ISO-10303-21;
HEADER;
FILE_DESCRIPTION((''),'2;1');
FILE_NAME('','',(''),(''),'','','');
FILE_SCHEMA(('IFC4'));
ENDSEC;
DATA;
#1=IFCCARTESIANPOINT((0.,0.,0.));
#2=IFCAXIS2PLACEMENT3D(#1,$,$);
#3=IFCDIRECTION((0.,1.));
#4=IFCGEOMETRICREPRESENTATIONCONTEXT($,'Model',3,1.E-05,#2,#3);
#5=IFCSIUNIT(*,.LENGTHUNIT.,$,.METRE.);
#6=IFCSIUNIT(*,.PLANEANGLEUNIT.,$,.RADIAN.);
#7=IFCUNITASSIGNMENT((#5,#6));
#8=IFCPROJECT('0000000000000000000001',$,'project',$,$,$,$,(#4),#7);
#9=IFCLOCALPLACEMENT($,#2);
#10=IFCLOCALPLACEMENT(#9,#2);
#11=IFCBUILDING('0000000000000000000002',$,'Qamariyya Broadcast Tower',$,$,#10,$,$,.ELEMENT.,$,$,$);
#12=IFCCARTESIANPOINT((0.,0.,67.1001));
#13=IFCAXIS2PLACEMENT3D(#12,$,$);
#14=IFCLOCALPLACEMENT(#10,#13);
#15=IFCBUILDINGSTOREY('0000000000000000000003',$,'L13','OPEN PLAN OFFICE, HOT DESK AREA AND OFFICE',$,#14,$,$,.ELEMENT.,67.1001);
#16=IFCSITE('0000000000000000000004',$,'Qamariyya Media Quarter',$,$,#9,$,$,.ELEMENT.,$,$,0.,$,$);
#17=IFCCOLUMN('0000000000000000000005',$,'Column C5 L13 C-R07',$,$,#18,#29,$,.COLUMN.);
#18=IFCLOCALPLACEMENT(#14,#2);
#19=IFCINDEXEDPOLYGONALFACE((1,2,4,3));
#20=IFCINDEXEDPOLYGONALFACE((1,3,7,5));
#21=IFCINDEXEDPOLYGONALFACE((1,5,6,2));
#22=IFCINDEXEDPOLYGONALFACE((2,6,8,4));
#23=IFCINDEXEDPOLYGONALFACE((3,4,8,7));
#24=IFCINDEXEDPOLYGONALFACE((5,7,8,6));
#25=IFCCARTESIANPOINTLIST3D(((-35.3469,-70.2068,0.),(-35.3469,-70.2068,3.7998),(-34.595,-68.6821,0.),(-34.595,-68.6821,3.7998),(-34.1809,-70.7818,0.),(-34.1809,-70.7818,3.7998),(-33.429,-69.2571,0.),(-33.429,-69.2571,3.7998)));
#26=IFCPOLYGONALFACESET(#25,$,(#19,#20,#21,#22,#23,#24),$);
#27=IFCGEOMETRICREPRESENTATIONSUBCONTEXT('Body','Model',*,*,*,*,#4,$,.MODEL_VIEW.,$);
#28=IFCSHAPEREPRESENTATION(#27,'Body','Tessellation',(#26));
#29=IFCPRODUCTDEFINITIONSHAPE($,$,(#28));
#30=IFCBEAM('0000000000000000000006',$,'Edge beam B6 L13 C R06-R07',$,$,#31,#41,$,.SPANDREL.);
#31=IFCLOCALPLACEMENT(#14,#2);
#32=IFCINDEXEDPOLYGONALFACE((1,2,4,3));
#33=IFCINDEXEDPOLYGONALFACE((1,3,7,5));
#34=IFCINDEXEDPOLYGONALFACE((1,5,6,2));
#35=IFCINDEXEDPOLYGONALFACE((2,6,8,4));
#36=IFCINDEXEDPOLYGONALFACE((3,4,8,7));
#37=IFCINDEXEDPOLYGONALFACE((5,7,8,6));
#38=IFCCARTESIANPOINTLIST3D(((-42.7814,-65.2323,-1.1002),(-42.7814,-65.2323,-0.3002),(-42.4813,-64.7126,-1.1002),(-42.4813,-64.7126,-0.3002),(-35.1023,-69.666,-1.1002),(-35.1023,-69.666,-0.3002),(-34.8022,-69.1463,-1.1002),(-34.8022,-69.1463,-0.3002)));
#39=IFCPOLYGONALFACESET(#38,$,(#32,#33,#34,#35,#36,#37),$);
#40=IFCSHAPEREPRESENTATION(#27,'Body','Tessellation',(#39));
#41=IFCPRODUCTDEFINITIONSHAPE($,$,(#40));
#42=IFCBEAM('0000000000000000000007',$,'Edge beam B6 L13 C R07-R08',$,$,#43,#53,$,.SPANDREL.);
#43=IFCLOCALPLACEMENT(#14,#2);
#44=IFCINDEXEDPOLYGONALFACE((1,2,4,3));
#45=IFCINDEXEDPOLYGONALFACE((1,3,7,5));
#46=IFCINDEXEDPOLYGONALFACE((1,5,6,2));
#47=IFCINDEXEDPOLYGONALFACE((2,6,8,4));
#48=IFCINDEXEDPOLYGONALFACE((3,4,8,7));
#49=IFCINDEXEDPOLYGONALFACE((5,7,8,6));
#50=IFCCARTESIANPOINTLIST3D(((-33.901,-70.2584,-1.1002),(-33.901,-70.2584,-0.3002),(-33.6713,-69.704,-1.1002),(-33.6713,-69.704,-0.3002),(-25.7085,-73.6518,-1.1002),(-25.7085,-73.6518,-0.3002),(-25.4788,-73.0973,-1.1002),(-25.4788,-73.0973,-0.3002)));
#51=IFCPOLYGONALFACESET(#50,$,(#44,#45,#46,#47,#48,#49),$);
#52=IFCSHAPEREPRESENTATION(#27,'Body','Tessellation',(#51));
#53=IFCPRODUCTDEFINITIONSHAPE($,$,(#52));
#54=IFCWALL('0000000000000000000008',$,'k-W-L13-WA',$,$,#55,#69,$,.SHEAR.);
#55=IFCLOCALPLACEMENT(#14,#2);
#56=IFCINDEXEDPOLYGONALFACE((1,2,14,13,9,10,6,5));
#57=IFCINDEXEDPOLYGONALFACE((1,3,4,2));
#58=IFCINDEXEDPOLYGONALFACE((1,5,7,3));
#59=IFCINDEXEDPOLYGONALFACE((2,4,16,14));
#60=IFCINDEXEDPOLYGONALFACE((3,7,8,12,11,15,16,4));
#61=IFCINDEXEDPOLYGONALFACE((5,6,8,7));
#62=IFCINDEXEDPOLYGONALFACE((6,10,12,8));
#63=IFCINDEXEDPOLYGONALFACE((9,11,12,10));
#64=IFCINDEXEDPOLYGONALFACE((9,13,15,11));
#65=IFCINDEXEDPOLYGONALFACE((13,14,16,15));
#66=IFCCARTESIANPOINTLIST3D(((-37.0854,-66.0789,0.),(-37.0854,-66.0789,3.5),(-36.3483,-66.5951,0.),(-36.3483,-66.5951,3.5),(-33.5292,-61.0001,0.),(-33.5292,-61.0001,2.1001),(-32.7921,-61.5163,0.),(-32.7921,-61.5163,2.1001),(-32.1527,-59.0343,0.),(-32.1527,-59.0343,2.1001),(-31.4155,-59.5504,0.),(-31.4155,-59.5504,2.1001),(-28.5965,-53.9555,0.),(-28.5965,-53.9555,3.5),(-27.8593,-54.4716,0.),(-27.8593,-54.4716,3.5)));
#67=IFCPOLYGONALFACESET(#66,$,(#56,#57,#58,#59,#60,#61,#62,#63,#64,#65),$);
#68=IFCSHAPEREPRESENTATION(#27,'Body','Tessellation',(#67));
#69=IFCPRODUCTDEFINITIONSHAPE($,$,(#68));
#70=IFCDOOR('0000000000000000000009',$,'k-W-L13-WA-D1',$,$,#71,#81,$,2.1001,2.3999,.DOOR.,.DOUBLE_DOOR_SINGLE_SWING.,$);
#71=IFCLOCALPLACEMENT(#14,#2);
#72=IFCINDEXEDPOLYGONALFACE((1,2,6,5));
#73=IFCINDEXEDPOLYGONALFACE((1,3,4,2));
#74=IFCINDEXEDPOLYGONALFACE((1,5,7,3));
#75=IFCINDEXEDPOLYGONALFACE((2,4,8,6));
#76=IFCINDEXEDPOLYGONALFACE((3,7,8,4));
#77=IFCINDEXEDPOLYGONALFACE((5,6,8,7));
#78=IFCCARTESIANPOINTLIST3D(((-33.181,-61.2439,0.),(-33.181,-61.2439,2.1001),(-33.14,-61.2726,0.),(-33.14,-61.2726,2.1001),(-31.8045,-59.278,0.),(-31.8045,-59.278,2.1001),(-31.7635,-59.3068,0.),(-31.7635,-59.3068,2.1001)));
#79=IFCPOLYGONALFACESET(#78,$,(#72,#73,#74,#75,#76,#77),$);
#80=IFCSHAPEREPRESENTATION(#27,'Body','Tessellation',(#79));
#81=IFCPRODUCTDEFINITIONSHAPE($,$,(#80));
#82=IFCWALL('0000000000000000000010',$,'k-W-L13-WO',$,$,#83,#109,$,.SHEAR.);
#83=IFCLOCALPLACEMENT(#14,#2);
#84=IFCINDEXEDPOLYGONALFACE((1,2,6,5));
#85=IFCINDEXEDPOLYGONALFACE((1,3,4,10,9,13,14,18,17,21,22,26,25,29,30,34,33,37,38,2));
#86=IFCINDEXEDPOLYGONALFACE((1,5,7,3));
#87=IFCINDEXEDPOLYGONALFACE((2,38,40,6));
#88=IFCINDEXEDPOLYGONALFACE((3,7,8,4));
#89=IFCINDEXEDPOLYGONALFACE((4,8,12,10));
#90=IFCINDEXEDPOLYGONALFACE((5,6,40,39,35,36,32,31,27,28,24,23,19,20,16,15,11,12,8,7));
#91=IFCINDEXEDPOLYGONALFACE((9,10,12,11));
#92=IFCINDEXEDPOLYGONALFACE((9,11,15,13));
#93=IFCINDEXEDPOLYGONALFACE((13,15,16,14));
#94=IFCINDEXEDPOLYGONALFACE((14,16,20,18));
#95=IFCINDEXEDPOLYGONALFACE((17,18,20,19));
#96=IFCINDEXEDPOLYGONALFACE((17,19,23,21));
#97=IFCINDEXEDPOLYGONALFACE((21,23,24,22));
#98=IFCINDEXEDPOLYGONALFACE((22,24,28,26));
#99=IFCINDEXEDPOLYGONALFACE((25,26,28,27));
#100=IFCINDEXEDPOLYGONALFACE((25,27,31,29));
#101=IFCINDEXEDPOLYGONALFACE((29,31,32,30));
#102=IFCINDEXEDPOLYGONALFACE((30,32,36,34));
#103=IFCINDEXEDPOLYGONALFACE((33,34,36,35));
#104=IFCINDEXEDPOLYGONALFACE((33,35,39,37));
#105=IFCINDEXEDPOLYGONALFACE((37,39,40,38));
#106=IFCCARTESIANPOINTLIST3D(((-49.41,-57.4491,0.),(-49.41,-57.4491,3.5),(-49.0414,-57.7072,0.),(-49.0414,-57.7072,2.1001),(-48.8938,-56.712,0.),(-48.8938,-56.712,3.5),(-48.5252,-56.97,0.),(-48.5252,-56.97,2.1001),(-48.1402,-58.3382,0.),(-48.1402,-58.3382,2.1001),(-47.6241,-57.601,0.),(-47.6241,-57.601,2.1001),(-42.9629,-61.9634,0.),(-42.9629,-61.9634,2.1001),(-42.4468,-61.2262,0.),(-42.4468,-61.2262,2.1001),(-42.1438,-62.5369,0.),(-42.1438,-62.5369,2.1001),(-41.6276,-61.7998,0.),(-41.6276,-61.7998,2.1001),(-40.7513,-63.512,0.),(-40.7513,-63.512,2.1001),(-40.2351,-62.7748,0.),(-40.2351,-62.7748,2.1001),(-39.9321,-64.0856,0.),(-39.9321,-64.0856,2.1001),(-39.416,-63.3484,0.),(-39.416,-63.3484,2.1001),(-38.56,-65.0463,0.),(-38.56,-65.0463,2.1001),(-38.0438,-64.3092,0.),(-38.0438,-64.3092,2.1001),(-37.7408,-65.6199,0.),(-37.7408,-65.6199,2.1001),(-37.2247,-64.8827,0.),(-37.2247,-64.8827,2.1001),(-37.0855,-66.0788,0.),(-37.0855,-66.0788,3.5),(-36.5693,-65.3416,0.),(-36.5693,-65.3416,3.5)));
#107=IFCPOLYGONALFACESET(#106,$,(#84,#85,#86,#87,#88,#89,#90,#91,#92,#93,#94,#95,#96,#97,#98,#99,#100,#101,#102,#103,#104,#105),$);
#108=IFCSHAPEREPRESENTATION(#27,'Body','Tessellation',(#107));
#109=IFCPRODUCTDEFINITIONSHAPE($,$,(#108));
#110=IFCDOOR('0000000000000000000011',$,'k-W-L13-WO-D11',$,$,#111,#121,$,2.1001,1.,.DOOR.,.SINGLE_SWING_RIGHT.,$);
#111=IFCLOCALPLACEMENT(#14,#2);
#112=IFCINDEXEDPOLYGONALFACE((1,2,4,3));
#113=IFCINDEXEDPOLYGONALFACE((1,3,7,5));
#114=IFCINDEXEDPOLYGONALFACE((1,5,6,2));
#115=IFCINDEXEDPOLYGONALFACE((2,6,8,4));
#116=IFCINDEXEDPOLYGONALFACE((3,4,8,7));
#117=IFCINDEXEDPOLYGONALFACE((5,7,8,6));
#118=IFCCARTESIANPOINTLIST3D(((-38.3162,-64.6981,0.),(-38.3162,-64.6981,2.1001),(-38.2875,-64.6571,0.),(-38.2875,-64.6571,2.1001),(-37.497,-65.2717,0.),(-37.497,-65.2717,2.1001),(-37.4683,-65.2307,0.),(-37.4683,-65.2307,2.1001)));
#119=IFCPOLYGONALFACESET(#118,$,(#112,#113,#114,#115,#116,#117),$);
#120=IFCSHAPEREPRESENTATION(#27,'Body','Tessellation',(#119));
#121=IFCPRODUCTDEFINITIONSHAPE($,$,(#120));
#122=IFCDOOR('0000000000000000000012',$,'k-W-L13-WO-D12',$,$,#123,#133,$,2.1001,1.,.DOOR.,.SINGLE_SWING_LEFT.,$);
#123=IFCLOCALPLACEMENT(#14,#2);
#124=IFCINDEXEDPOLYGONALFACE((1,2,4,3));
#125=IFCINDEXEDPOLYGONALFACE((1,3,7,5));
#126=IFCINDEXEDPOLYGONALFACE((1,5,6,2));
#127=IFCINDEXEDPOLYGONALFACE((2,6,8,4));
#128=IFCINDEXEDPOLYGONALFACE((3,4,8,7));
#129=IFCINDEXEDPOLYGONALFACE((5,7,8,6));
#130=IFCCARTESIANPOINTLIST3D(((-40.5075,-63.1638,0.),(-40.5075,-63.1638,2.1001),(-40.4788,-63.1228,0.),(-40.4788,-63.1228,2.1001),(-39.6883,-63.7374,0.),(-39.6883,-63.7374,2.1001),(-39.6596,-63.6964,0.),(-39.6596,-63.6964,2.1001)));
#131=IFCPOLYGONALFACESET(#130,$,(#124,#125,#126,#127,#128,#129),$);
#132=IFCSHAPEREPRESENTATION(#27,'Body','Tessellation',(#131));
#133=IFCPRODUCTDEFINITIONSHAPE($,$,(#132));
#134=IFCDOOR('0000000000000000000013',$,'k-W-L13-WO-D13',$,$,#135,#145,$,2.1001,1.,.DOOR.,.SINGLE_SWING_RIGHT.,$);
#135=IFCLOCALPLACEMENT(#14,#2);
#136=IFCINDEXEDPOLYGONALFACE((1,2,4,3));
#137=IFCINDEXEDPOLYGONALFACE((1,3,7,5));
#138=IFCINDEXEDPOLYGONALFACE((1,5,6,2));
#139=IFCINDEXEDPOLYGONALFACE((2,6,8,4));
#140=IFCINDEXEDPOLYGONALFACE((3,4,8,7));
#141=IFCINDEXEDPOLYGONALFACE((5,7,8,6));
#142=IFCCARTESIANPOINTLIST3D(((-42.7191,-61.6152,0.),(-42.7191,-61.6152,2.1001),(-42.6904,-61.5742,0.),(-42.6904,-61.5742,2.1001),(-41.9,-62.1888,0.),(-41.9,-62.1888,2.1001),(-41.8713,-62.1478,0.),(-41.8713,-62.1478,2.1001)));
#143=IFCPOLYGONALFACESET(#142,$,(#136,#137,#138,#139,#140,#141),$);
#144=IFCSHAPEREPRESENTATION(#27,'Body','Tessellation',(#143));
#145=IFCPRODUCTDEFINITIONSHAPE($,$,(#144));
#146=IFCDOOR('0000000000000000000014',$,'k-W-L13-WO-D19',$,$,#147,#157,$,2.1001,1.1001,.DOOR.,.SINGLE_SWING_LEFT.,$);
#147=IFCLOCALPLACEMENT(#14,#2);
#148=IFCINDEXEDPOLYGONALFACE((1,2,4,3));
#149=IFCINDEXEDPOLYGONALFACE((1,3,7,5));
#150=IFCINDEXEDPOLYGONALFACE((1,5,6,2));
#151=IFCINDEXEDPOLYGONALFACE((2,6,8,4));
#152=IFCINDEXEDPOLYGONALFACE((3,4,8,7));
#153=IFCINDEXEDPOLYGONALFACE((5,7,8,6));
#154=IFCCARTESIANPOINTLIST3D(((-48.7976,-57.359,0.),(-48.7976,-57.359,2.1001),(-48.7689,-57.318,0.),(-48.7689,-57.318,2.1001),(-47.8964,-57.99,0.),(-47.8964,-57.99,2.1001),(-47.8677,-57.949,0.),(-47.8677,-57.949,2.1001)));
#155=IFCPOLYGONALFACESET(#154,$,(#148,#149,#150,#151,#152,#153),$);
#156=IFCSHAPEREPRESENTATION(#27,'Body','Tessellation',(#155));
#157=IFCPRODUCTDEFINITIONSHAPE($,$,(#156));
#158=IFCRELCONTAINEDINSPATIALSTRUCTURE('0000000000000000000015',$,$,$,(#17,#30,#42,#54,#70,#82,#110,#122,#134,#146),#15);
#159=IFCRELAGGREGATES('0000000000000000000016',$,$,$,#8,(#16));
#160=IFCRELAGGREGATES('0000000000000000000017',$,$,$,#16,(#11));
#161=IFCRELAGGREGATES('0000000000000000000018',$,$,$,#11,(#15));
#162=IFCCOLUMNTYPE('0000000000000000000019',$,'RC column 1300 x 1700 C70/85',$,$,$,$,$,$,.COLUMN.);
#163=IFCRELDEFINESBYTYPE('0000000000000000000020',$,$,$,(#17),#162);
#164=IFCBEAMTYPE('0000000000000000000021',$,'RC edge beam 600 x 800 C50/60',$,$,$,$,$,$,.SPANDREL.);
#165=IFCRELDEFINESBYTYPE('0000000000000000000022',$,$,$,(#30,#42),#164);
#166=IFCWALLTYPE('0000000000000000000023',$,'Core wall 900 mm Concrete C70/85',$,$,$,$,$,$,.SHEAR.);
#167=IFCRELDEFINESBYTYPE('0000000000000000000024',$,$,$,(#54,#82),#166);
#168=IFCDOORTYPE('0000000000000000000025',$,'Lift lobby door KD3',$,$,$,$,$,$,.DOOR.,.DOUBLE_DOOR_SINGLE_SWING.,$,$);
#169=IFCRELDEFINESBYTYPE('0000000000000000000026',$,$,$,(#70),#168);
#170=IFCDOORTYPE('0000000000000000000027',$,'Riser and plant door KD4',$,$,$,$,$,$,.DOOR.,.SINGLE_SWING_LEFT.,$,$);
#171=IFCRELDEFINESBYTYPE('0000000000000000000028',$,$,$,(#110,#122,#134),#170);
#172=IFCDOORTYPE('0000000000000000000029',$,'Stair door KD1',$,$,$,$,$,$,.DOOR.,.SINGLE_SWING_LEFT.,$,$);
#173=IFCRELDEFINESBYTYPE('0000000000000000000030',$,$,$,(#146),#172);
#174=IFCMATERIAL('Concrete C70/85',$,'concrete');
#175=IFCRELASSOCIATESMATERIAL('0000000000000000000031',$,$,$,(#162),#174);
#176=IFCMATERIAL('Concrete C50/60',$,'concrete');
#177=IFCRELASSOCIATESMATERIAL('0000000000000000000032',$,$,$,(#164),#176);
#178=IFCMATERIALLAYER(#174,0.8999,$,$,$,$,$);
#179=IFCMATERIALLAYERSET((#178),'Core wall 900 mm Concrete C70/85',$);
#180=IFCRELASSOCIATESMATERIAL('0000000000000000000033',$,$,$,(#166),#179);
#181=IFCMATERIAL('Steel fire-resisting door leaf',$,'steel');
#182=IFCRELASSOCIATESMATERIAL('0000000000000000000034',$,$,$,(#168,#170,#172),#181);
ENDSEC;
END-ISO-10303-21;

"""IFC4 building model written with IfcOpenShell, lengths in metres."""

from ifc_helpers import new_model, si_unit, direction, frame, frame_2d, origin, origin_2d, place, context, subcontext, project, spatial, rectangle, extrude, material, layer, layer_set, material_profile, profile_set, type_object, element, fill, save


model = new_model("IFC4")

# Units and contexts
model_context = context("Model", 3, precision=1e-05, world=origin(), true_north=direction((0.0, 1.0)))
body_context = subcontext(model_context, "Body", "Model", "MODEL_VIEW")
ifc_project = project(units=[si_unit("LENGTHUNIT", "METRE"), si_unit("PLANEANGLEUNIT", "RADIAN")], contexts=[model_context])

# Site, building, storey
site_placement = place(None, origin())
site = spatial("IfcSite", under=ifc_project, at=site_placement, Name="Qamariyya Media Quarter", CompositionType="ELEMENT", RefElevation=0.0)
building_placement = place(site_placement, origin())
building = spatial("IfcBuilding", under=site, at=building_placement, Name="Qamariyya Broadcast Tower", CompositionType="ELEMENT")
storey_placement = place(building_placement, frame((0.0, 0.0, 67.1001)))
storey = spatial("IfcBuildingStorey", under=building, at=storey_placement, Name="L13", Description="OPEN PLAN OFFICE, HOT DESK AREA AND OFFICE", CompositionType="ELEMENT", Elevation=67.1001)

# Column
ifc_material_1 = material(Name="Concrete C70/85", Category="concrete")
ifc_material_profile_1 = material_profile(ifc_material_1, rectangle(XDim=1.3, YDim=1.7, at=origin_2d()))
ifc_profile_set_1 = profile_set([ifc_material_profile_1], Name="Concrete C70/85")
column_type = type_object("IfcColumnType", Name="RC column 1300 x 1700 C70/85", PredefinedType="COLUMN", material=ifc_profile_set_1)
column_placement = place(storey_placement, frame((-34.3879, -69.7319, 0.0), z_axis=(0.0, 0.0, 1.0), x_axis=(0.896873, -0.442289, 0.0)))
element("IfcColumn", 1, at=column_placement, inside=storey, type_object=column_type, Name="Column C5 L13 C-R07", PredefinedType="COLUMN", context=body_context, shape_type="SweptSolid", body=[
    extrude(rectangle(XDim=1.3, YDim=1.7, at=origin_2d()), origin(), (0.0, 0.0, 1.0), 3.7998),
])

# Beams
ifc_material_2 = material(Name="Concrete C50/60", Category="concrete")
ifc_material_profile_2 = material_profile(ifc_material_2, rectangle(XDim=0.6001, YDim=0.8, at=origin_2d()))
ifc_profile_set_2 = profile_set([ifc_material_profile_2], Name="Concrete C50/60")
beam_type = type_object("IfcBeamType", Name="RC edge beam 600 x 800 C50/60", PredefinedType="SPANDREL", material=ifc_profile_set_2)
beam_1_placement = place(storey_placement, frame((-42.6313, -64.9724, -0.7002), z_axis=(0.866013, -0.500021, 0.0), x_axis=(0.500021, 0.866013, 0.0)))
element("IfcBeam", 2, at=beam_1_placement, inside=storey, type_object=beam_type, Name="Edge beam B6 L13 C R06-R07", PredefinedType="SPANDREL", context=body_context, shape_type="SweptSolid", body=[
    extrude(rectangle(XDim=0.6001, YDim=0.8, at=origin_2d()), origin(), (0.0, 0.0, 1.0), 8.8672),
])
beam_2_placement = place(storey_placement, frame((-33.7861, -69.9812, -0.7002), z_axis=(0.923883, -0.382675, 0.0), x_axis=(0.382675, 0.923883, 0.0)))
element("IfcBeam", 3, at=beam_2_placement, inside=storey, type_object=beam_type, Name="Edge beam B6 L13 C R07-R08", PredefinedType="SPANDREL", context=body_context, shape_type="SweptSolid", body=[
    extrude(rectangle(XDim=0.6001, YDim=0.8, at=origin_2d()), origin(), (0.0, 0.0, 1.0), 8.8674),
])

# Wall, opening, door
ifc_layer_1 = layer(ifc_material_1, 0.8999)
ifc_layer_set_1 = layer_set([ifc_layer_1], Name="Core wall 900 mm Concrete C70/85")
wall_type_1 = type_object("IfcWallType", Name="Core wall 900 mm Concrete C70/85", PredefinedType="SHEAR", material=ifc_layer_set_1)
wall_1_placement = place(storey_placement, frame((-36.7168, -66.3369, 0.0), z_axis=(0.0, 0.0, 1.0), x_axis=(0.573577, 0.819151, 0.0)))
wall_1 = element("IfcWall", 4, at=wall_1_placement, inside=storey, type_object=wall_type_1, Name="k-W-L13-WA", PredefinedType="SHEAR", context=body_context, shape_type="SweptSolid", body=[
    extrude(rectangle(XDim=14.8, YDim=0.8999, at=frame_2d((7.3999, 0.0))), origin(), (0.0, 0.0, 1.0), 3.5),
])
opening_1_placement = place(wall_1_placement, frame((6.2, 0.0, 0.0)))
opening_1 = element("IfcOpeningElement", 5, at=opening_1_placement, cuts=wall_1, PredefinedType="OPENING", context=body_context, shape_type="SweptSolid", body=[
    extrude(rectangle(XDim=2.3999, YDim=2.1001, at=frame_2d((1.2, 1.05))), frame((0.0, 0.46, 0.0), z_axis=(0.0, -1.0, 0.0), x_axis=(1.0, 0.0, 0.0)), (0.0, 0.0, 1.0), 0.9199),
])
ifc_material_3 = material(Name="Steel fire-resisting door leaf", Category="steel")
door_type_1 = type_object("IfcDoorType", Name="Lift lobby door KD3", OperationType="DOUBLE_DOOR_SINGLE_SWING", PredefinedType="DOOR", material=ifc_material_3)
door_1_placement = place(opening_1_placement, origin())
door_1 = element("IfcDoor", 6, at=door_1_placement, inside=storey, type_object=door_type_1, Name="k-W-L13-WA-D1", OperationType="DOUBLE_DOOR_SINGLE_SWING", OverallHeight=2.1001, OverallWidth=2.3999, PredefinedType="DOOR", context=body_context, shape_type="SweptSolid", body=[
    extrude(rectangle(XDim=2.3999, YDim=2.1001, at=frame_2d((1.2, 1.05))), frame((0.0, 0.0249, 0.0), z_axis=(0.0, -1.0, 0.0), x_axis=(1.0, 0.0, 0.0)), (0.0, 0.0, 1.0), 0.05),
])
fill(opening_1, door_1)

# Wall, openings, doors
wall_2_placement = place(storey_placement, frame((-36.8274, -65.7102, 0.0), z_axis=(0.0, 0.0, 1.0), x_axis=(-0.819153, 0.573575, 0.0)))
wall_2 = element("IfcWall", 7, at=wall_2_placement, inside=storey, type_object=wall_type_1, Name="k-W-L13-WO", PredefinedType="SHEAR", context=body_context, shape_type="SweptSolid", body=[
    extrude(rectangle(XDim=15.0454, YDim=0.8999, at=frame_2d((7.5227, 0.0))), origin(), (0.0, 0.0, 1.0), 3.5),
])
opening_2_placement = place(wall_2_placement, frame((0.8, 0.0, 0.0)))
opening_2 = element("IfcOpeningElement", 8, at=opening_2_placement, cuts=wall_2, PredefinedType="OPENING", context=body_context, shape_type="SweptSolid", body=[
    extrude(rectangle(XDim=1.0, YDim=2.1001, at=frame_2d((0.5, 1.05))), frame((0.0, 0.46, 0.0), z_axis=(0.0, -1.0, 0.0), x_axis=(1.0, 0.0, 0.0)), (0.0, 0.0, 1.0), 0.9199),
])
opening_3_placement = place(wall_2_placement, frame((3.4751, 0.0, 0.0)))
opening_3 = element("IfcOpeningElement", 9, at=opening_3_placement, cuts=wall_2, PredefinedType="OPENING", context=body_context, shape_type="SweptSolid", body=[
    extrude(rectangle(XDim=1.0, YDim=2.1001, at=frame_2d((0.5, 1.05))), frame((0.0, 0.46, 0.0), z_axis=(0.0, -1.0, 0.0), x_axis=(1.0, 0.0, 0.0)), (0.0, 0.0, 1.0), 0.9199),
])
opening_4_placement = place(wall_2_placement, frame((6.175, 0.0, 0.0)))
opening_4 = element("IfcOpeningElement", 10, at=opening_4_placement, cuts=wall_2, PredefinedType="OPENING", context=body_context, shape_type="SweptSolid", body=[
    extrude(rectangle(XDim=1.0, YDim=2.1001, at=frame_2d((0.5, 1.05))), frame((0.0, 0.46, 0.0), z_axis=(0.0, -1.0, 0.0), x_axis=(1.0, 0.0, 0.0)), (0.0, 0.0, 1.0), 0.9199),
])
opening_5_placement = place(wall_2_placement, frame((13.4954, 0.0, 0.0)))
opening_5 = element("IfcOpeningElement", 11, at=opening_5_placement, cuts=wall_2, PredefinedType="OPENING", context=body_context, shape_type="SweptSolid", body=[
    extrude(rectangle(XDim=1.1001, YDim=2.1001, at=frame_2d((0.55, 1.05))), frame((0.0, 0.46, 0.0), z_axis=(0.0, -1.0, 0.0), x_axis=(1.0, 0.0, 0.0)), (0.0, 0.0, 1.0), 0.9199),
])
door_type_2 = type_object("IfcDoorType", Name="Riser and plant door KD4", OperationType="SINGLE_SWING_LEFT", PredefinedType="DOOR", material=ifc_material_3)
door_2_placement = place(opening_2_placement, origin())
door_2 = element("IfcDoor", 12, at=door_2_placement, inside=storey, type_object=door_type_2, Name="k-W-L13-WO-D11", OperationType="SINGLE_SWING_RIGHT", OverallHeight=2.1001, OverallWidth=1.0, PredefinedType="DOOR", context=body_context, shape_type="SweptSolid", body=[
    extrude(rectangle(XDim=1.0, YDim=2.1001, at=frame_2d((0.5, 1.05))), frame((0.0, 0.0249, 0.0), z_axis=(0.0, -1.0, 0.0), x_axis=(1.0, 0.0, 0.0)), (0.0, 0.0, 1.0), 0.05),
])
fill(opening_2, door_2)
door_3_placement = place(opening_3_placement, origin())
door_3 = element("IfcDoor", 13, at=door_3_placement, inside=storey, type_object=door_type_2, Name="k-W-L13-WO-D12", OperationType="SINGLE_SWING_LEFT", OverallHeight=2.1001, OverallWidth=1.0, PredefinedType="DOOR", context=body_context, shape_type="SweptSolid", body=[
    extrude(rectangle(XDim=1.0, YDim=2.1001, at=frame_2d((0.5, 1.05))), frame((0.0, 0.0249, 0.0), z_axis=(0.0, -1.0, 0.0), x_axis=(1.0, 0.0, 0.0)), (0.0, 0.0, 1.0), 0.05),
])
fill(opening_3, door_3)
door_4_placement = place(opening_4_placement, origin())
door_4 = element("IfcDoor", 14, at=door_4_placement, inside=storey, type_object=door_type_2, Name="k-W-L13-WO-D13", OperationType="SINGLE_SWING_RIGHT", OverallHeight=2.1001, OverallWidth=1.0, PredefinedType="DOOR", context=body_context, shape_type="SweptSolid", body=[
    extrude(rectangle(XDim=1.0, YDim=2.1001, at=frame_2d((0.5, 1.05))), frame((0.0, 0.0249, 0.0), z_axis=(0.0, -1.0, 0.0), x_axis=(1.0, 0.0, 0.0)), (0.0, 0.0, 1.0), 0.05),
])
fill(opening_4, door_4)
door_type_3 = type_object("IfcDoorType", Name="Stair door KD1", OperationType="SINGLE_SWING_LEFT", PredefinedType="DOOR", material=ifc_material_3)
door_5_placement = place(opening_5_placement, origin())
door_5 = element("IfcDoor", 15, at=door_5_placement, inside=storey, type_object=door_type_3, Name="k-W-L13-WO-D19", OperationType="SINGLE_SWING_LEFT", OverallHeight=2.1001, OverallWidth=1.1001, PredefinedType="DOOR", context=body_context, shape_type="SweptSolid", body=[
    extrude(rectangle(XDim=1.1001, YDim=2.1001, at=frame_2d((0.55, 1.05))), frame((0.0, 0.0249, 0.0), z_axis=(0.0, -1.0, 0.0), x_axis=(1.0, 0.0, 0.0)), (0.0, 0.0, 1.0), 0.05),
])
fill(opening_5, door_5)

save(model, "model.ifc")
